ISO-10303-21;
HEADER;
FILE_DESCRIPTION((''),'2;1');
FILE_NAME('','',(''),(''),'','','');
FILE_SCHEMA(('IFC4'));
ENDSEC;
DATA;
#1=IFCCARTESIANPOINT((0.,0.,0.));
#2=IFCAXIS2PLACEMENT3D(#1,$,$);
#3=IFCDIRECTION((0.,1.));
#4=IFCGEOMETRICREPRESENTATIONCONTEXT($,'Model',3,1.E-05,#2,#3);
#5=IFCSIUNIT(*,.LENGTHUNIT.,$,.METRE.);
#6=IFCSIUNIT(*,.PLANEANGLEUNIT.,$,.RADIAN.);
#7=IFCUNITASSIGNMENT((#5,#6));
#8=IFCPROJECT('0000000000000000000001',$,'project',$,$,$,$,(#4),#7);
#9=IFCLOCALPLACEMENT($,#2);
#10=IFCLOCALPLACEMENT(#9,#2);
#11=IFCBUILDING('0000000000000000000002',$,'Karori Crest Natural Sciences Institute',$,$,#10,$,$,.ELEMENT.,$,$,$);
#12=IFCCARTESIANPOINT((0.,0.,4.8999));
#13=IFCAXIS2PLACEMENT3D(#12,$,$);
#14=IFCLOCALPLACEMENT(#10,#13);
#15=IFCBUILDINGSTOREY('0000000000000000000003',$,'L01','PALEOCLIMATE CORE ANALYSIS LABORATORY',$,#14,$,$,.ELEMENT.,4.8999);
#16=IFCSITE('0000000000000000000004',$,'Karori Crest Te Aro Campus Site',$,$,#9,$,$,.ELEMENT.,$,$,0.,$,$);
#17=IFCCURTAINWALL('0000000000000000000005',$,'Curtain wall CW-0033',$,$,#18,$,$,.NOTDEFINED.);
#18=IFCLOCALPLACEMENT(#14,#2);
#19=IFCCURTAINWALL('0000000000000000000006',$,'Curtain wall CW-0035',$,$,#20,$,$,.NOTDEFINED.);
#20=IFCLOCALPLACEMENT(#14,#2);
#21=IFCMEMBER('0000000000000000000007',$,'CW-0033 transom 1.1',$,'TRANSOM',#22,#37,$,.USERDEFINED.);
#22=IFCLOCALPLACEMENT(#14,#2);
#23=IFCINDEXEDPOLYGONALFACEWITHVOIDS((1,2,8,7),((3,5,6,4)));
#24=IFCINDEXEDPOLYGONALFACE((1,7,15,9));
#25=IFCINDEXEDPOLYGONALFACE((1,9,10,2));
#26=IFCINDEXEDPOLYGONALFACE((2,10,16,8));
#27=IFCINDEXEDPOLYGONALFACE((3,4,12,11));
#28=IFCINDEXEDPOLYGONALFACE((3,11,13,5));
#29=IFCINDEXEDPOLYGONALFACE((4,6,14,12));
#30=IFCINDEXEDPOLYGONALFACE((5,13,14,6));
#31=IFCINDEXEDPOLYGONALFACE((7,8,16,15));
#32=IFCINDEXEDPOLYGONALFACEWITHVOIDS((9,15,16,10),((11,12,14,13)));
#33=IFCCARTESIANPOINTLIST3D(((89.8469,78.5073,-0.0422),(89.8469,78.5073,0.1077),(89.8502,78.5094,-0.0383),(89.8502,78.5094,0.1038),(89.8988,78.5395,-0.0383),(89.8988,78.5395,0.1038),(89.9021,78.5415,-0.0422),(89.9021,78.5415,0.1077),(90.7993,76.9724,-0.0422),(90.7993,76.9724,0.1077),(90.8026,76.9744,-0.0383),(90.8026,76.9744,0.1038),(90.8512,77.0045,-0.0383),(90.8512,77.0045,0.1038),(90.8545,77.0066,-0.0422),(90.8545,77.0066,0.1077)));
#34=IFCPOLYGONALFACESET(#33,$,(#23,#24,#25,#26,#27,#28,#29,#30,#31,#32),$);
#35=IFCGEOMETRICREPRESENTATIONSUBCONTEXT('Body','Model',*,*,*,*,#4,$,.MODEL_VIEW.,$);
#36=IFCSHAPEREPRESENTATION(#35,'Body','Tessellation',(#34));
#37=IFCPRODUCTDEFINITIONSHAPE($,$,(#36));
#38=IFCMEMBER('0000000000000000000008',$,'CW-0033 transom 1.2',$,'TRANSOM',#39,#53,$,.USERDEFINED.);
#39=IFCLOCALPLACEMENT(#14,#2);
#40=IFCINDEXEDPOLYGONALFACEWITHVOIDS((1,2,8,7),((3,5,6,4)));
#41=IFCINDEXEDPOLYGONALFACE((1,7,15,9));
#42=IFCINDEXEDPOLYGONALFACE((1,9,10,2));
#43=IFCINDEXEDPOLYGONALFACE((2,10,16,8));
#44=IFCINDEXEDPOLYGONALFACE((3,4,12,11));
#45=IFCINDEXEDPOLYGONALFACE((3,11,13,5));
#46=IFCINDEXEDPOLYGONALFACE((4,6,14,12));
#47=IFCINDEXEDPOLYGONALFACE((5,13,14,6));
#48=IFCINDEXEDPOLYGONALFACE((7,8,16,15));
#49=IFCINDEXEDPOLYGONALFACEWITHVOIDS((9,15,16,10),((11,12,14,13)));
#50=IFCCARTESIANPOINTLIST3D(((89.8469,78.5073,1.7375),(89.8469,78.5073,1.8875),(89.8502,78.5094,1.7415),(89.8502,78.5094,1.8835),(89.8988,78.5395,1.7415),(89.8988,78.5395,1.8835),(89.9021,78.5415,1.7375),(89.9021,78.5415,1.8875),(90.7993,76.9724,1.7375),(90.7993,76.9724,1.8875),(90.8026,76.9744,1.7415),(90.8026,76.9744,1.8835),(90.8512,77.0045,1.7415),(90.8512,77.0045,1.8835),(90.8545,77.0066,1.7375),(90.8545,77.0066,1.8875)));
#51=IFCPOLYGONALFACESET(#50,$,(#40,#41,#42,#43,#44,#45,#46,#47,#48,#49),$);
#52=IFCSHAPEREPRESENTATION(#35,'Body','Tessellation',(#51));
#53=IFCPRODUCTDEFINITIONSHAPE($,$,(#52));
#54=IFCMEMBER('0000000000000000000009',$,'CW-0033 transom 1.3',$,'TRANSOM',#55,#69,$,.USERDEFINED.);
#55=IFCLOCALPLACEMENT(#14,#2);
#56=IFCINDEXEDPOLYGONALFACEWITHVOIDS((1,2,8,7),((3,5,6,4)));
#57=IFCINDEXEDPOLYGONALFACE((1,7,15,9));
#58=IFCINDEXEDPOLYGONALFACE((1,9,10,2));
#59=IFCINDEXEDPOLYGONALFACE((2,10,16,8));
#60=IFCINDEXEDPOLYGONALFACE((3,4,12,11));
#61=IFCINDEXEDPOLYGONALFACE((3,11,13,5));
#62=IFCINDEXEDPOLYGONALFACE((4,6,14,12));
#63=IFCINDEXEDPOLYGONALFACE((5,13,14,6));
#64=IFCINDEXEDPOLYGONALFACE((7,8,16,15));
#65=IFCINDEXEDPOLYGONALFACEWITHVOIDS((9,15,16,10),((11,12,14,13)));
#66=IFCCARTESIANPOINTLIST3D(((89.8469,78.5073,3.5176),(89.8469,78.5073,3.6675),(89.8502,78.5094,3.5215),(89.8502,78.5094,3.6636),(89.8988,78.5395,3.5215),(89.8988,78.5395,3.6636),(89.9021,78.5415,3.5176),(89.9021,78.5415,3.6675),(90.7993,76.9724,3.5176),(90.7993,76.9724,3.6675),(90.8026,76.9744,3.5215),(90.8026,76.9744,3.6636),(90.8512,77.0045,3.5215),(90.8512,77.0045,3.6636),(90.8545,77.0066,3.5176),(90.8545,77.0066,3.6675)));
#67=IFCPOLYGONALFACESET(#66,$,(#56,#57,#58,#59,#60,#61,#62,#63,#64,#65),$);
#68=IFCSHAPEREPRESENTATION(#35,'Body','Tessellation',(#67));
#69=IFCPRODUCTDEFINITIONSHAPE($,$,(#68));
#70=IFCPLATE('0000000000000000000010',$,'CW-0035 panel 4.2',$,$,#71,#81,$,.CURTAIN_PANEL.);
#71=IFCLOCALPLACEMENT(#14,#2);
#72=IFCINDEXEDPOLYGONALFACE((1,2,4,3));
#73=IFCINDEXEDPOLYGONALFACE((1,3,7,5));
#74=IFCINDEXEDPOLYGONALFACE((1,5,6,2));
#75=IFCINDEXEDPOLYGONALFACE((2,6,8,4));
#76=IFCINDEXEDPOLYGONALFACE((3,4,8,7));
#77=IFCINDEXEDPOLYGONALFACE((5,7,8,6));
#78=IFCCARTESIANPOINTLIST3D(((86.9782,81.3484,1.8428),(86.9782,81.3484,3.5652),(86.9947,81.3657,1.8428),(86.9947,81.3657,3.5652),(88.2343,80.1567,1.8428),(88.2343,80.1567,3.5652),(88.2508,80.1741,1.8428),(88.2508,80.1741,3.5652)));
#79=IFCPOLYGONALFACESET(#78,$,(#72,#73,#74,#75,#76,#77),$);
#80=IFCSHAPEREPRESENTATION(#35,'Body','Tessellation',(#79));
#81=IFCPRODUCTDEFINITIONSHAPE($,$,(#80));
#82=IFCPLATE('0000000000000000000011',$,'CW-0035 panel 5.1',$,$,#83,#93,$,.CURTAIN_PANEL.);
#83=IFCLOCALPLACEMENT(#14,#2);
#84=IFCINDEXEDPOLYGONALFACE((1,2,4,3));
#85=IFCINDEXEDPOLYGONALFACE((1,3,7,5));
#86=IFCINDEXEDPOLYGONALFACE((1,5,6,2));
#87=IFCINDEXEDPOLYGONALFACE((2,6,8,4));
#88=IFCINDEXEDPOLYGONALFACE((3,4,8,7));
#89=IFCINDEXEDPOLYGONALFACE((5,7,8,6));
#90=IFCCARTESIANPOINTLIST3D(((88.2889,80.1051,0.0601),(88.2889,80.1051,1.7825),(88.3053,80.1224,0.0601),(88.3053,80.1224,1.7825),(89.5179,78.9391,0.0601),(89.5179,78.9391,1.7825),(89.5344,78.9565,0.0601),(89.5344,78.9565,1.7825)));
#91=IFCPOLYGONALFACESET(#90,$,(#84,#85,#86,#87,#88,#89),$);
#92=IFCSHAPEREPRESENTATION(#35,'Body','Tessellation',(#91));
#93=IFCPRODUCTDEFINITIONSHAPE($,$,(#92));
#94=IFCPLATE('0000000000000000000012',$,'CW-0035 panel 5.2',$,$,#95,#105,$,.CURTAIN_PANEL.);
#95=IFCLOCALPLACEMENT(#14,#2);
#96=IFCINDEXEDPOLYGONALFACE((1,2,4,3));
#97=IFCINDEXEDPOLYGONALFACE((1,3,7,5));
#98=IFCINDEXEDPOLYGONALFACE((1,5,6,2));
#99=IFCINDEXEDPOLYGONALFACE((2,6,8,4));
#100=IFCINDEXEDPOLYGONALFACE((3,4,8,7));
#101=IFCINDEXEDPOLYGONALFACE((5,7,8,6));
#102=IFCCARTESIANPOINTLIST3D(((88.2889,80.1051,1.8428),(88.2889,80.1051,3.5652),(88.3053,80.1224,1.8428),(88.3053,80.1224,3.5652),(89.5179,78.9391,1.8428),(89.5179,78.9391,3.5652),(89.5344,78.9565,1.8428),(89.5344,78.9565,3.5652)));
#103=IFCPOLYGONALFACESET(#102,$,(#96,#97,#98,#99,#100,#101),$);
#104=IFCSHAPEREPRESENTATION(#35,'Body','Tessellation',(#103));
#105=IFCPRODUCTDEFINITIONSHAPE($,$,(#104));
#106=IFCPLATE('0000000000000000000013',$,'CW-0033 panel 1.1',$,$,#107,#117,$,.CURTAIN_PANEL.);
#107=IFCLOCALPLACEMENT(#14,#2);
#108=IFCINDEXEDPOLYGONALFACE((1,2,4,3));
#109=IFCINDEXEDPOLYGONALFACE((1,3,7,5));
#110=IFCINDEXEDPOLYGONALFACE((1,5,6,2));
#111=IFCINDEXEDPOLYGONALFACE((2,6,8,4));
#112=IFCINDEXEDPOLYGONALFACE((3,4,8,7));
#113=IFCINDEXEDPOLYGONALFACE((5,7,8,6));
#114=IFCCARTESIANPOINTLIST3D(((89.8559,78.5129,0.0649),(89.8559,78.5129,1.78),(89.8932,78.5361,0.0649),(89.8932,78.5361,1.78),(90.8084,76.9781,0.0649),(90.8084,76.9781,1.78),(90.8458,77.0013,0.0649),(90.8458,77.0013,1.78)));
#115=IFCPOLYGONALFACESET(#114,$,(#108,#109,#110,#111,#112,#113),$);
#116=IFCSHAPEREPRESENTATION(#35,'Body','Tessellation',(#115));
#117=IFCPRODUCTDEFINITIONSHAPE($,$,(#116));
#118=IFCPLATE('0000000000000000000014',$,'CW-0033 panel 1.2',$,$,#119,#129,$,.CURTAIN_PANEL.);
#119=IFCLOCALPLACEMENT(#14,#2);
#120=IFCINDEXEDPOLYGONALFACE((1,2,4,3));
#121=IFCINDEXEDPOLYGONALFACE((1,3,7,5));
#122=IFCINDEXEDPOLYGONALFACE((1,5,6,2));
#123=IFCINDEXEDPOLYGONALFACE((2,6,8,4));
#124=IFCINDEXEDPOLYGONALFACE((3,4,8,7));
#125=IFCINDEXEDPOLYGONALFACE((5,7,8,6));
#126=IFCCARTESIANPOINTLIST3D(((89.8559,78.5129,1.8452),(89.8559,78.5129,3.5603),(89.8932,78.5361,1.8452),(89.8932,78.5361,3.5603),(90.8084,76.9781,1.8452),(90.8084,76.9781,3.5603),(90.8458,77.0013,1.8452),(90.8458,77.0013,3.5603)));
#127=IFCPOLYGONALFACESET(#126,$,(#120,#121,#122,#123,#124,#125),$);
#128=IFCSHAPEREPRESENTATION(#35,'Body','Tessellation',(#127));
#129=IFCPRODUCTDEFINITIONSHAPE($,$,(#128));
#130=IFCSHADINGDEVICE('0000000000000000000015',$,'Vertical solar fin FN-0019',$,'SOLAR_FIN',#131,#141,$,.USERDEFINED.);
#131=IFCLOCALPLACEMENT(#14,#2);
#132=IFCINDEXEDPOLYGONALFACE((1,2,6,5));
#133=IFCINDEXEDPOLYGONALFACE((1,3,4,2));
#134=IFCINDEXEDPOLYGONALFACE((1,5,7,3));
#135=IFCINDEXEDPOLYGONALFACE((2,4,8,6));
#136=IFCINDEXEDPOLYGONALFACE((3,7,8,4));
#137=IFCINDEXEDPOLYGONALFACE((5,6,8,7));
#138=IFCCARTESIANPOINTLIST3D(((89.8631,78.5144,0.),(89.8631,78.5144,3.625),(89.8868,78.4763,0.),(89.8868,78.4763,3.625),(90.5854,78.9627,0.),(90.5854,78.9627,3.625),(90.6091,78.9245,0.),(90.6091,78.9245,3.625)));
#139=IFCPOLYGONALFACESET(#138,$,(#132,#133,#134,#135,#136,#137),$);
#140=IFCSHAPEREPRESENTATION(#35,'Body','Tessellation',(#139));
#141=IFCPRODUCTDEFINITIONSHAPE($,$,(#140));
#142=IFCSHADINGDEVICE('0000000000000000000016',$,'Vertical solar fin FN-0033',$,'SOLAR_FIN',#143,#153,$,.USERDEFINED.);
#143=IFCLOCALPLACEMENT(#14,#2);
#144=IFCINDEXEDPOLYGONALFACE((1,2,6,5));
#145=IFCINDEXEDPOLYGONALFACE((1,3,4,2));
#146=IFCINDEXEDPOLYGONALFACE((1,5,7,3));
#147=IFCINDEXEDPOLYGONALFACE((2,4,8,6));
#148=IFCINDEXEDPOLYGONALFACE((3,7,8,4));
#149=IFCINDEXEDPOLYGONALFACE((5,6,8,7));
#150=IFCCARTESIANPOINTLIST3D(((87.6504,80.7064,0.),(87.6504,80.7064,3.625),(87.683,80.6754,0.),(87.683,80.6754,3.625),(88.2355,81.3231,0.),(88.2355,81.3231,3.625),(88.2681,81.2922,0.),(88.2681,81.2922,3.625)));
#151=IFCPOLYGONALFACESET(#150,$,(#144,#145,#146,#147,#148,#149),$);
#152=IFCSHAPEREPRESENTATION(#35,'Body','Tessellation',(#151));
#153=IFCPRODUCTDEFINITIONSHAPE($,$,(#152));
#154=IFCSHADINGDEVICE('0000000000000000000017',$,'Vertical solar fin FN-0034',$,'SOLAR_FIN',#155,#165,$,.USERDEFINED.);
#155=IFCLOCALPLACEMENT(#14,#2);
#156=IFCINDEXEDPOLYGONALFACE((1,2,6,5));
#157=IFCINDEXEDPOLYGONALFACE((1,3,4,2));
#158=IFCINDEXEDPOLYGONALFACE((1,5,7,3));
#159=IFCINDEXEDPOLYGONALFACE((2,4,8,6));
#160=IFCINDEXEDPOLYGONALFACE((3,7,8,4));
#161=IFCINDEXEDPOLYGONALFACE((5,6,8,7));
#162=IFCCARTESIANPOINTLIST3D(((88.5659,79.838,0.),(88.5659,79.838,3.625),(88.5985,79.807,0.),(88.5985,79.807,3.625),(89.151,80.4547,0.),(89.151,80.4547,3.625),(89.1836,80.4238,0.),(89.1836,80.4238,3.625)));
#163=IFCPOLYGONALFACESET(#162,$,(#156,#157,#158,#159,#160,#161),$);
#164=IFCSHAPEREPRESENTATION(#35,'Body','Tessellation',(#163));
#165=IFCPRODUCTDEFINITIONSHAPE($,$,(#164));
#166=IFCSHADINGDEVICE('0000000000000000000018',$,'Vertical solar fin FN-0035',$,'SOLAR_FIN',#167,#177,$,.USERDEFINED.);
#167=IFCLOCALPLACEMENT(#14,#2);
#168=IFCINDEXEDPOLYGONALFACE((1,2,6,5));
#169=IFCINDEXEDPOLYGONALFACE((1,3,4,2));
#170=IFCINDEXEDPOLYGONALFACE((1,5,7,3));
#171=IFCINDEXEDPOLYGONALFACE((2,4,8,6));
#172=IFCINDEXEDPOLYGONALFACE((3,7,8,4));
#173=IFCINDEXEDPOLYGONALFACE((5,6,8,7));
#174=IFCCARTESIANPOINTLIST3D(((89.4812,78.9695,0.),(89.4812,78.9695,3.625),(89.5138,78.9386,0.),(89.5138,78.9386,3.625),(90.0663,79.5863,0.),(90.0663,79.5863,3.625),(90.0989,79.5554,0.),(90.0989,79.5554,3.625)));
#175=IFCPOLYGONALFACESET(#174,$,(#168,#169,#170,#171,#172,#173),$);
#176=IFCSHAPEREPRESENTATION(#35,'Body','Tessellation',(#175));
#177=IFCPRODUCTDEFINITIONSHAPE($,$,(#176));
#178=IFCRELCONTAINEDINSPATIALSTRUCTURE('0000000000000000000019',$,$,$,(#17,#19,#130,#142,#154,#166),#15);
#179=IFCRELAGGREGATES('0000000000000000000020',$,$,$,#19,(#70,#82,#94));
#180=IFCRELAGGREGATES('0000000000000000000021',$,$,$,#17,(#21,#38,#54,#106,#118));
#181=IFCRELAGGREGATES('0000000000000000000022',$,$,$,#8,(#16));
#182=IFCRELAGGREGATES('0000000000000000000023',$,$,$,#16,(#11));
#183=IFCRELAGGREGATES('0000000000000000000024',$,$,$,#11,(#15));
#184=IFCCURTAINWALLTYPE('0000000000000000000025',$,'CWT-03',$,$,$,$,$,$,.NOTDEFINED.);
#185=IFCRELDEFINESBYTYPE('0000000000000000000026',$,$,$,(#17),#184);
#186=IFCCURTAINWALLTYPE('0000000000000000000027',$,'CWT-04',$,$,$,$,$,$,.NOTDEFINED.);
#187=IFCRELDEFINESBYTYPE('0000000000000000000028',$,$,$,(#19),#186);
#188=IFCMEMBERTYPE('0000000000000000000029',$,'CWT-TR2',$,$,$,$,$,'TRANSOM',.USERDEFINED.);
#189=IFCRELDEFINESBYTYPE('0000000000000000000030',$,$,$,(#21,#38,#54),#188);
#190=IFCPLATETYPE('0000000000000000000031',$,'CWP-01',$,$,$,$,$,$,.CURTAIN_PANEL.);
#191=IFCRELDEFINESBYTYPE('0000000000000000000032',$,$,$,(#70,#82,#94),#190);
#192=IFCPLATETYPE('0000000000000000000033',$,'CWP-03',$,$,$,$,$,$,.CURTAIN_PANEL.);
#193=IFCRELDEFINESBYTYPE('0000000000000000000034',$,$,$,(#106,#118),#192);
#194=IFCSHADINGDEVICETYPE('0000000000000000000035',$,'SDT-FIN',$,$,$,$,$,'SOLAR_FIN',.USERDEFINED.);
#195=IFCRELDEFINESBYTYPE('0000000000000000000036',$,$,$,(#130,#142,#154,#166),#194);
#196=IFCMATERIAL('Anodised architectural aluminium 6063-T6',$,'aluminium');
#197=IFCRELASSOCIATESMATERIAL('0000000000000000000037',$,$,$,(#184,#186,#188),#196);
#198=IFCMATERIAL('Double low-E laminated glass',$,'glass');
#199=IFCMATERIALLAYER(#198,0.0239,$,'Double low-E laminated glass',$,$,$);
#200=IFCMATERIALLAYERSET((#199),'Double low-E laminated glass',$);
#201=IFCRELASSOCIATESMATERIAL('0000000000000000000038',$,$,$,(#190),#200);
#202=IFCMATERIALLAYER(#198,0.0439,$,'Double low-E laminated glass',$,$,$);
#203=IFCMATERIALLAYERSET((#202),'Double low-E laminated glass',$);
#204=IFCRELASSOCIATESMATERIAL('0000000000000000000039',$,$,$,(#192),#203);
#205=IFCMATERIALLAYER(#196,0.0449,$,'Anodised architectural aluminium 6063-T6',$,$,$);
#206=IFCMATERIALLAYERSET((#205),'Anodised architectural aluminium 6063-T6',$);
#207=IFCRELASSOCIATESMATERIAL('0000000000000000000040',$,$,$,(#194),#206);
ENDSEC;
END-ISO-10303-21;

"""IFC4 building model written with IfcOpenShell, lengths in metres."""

from ifc_helpers import new_model, si_unit, direction, frame, origin, origin_2d, place, context, subcontext, project, spatial, rectangle, hollow_rectangle, extrude, material, layer, layer_set, material_profile, profile_set, type_object, element, aggregate, save


model = new_model("IFC4")

# Units and contexts
model_context = context("Model", 3, precision=1e-05, world=origin(), true_north=direction((0.0, 1.0)))
body_context = subcontext(model_context, "Body", "Model", "MODEL_VIEW")
ifc_project = project(units=[si_unit("LENGTHUNIT", "METRE"), si_unit("PLANEANGLEUNIT", "RADIAN")], contexts=[model_context])

# Site, building, storey
site_placement = place(None, origin())
site = spatial("IfcSite", under=ifc_project, at=site_placement, Name="Karori Crest Te Aro Campus Site", CompositionType="ELEMENT", RefElevation=0.0)
building_placement = place(site_placement, origin())
building = spatial("IfcBuilding", under=site, at=building_placement, Name="Karori Crest Natural Sciences Institute", CompositionType="ELEMENT")
storey_placement = place(building_placement, frame((0.0, 0.0, 4.8999)))
storey = spatial("IfcBuildingStorey", under=building, at=storey_placement, Name="L01", Description="PALEOCLIMATE CORE ANALYSIS LABORATORY", CompositionType="ELEMENT", Elevation=4.8999)

# Curtain wall
ifc_material_1 = material(Name="Anodised architectural aluminium 6063-T6", Category="aluminium")
curtain_wall_type_1 = type_object("IfcCurtainWallType", Name="CWT-03", PredefinedType="NOTDEFINED", material=ifc_material_1)
curtain_wall_1_placement = place(storey_placement, origin())
curtain_wall_1 = element("IfcCurtainWall", 1, at=curtain_wall_1_placement, inside=storey, type_object=curtain_wall_type_1, Name="Curtain wall CW-0033", PredefinedType="NOTDEFINED")

# Curtain wall
curtain_wall_type_2 = type_object("IfcCurtainWallType", Name="CWT-04", PredefinedType="NOTDEFINED", material=ifc_material_1)
curtain_wall_2_placement = place(storey_placement, origin())
curtain_wall_2 = element("IfcCurtainWall", 2, at=curtain_wall_2_placement, inside=storey, type_object=curtain_wall_type_2, Name="Curtain wall CW-0035", PredefinedType="NOTDEFINED")

# Members
ifc_material_profile_1 = material_profile(ifc_material_1, hollow_rectangle(XDim=0.0649, YDim=0.1499, WallThickness=0.0039, at=origin_2d()), Name="CWT150x65x4")
ifc_profile_set_1 = profile_set([ifc_material_profile_1], Name="Anodised architectural aluminium 6063-T6")
member_type_1 = type_object("IfcMemberType", Name="CWT-TR2", ElementType="TRANSOM", PredefinedType="USERDEFINED", material=ifc_profile_set_1)
member_1_placement = place(storey_placement, frame((89.8745, 78.5244, 0.0327), z_axis=(0.527238, -0.849717, 0.0), x_axis=(0.849717, 0.527238, 0.0)))
member_1 = element("IfcMember", 3, at=member_1_placement, type_object=member_type_1, Name="CW-0033 transom 1.1", ObjectType="TRANSOM", PredefinedType="USERDEFINED", context=body_context, shape_type="SweptSolid", body=[
    extrude(hollow_rectangle(XDim=0.0649, YDim=0.1499, WallThickness=0.0039, at=origin_2d()), origin(), (0.0, 0.0, 1.0), 1.8064),
])
member_2_placement = place(storey_placement, frame((89.8745, 78.5244, 1.8125), z_axis=(0.527238, -0.849717, 0.0), x_axis=(0.849717, 0.527238, 0.0)))
member_2 = element("IfcMember", 4, at=member_2_placement, type_object=member_type_1, Name="CW-0033 transom 1.2", ObjectType="TRANSOM", PredefinedType="USERDEFINED", context=body_context, shape_type="SweptSolid", body=[
    extrude(hollow_rectangle(XDim=0.0649, YDim=0.1499, WallThickness=0.0039, at=origin_2d()), origin(), (0.0, 0.0, 1.0), 1.8064),
])
member_3_placement = place(storey_placement, frame((89.8745, 78.5244, 3.5925), z_axis=(0.527238, -0.849717, 0.0), x_axis=(0.849717, 0.527238, 0.0)))
member_3 = element("IfcMember", 5, at=member_3_placement, type_object=member_type_1, Name="CW-0033 transom 1.3", ObjectType="TRANSOM", PredefinedType="USERDEFINED", context=body_context, shape_type="SweptSolid", body=[
    extrude(hollow_rectangle(XDim=0.0649, YDim=0.1499, WallThickness=0.0039, at=origin_2d()), origin(), (0.0, 0.0, 1.0), 1.8064),
])

# Plates
ifc_material_2 = material(Name="Double low-E laminated glass", Category="glass")
ifc_layer_1 = layer(ifc_material_2, 0.0239, Name="Double low-E laminated glass")
ifc_layer_set_1 = layer_set([ifc_layer_1], Name="Double low-E laminated glass")
plate_type_1 = type_object("IfcPlateType", Name="CWP-01", PredefinedType="CURTAIN_PANEL", material=ifc_layer_set_1)
plate_1_placement = place(storey_placement, frame((87.6145, 80.7612, 1.8428), z_axis=(0.0, 0.0, 1.0), x_axis=(0.725477, -0.688246, 0.0)))
plate_1 = element("IfcPlate", 6, at=plate_1_placement, type_object=plate_type_1, Name="CW-0035 panel 4.2", PredefinedType="CURTAIN_PANEL", context=body_context, shape_type="SweptSolid", body=[
    extrude(rectangle(XDim=1.7314, YDim=0.0239, at=origin_2d()), origin(), (0.0, 0.0, 1.0), 1.7224),
])
plate_2_placement = place(storey_placement, frame((88.9116, 79.5308, 0.0601), z_axis=(0.0, 0.0, 1.0), x_axis=(0.725477, -0.688246, 0.0)))
plate_2 = element("IfcPlate", 7, at=plate_2_placement, type_object=plate_type_1, Name="CW-0035 panel 5.1", PredefinedType="CURTAIN_PANEL", context=body_context, shape_type="SweptSolid", body=[
    extrude(rectangle(XDim=1.6941, YDim=0.0239, at=origin_2d()), origin(), (0.0, 0.0, 1.0), 1.7224),
])
plate_3_placement = place(storey_placement, frame((88.9116, 79.5308, 1.8428), z_axis=(0.0, 0.0, 1.0), x_axis=(0.725477, -0.688246, 0.0)))
plate_3 = element("IfcPlate", 8, at=plate_3_placement, type_object=plate_type_1, Name="CW-0035 panel 5.2", PredefinedType="CURTAIN_PANEL", context=body_context, shape_type="SweptSolid", body=[
    extrude(rectangle(XDim=1.6941, YDim=0.0239, at=origin_2d()), origin(), (0.0, 0.0, 1.0), 1.7224),
])
aggregate(curtain_wall_2, [plate_1, plate_2, plate_3])
ifc_layer_2 = layer(ifc_material_2, 0.0439, Name="Double low-E laminated glass")
ifc_layer_set_2 = layer_set([ifc_layer_2], Name="Double low-E laminated glass")
plate_type_2 = type_object("IfcPlateType", Name="CWP-03", PredefinedType="CURTAIN_PANEL", material=ifc_layer_set_2)
plate_4_placement = place(storey_placement, frame((90.3508, 77.7571, 0.0649), z_axis=(0.0, 0.0, 1.0), x_axis=(0.527322, -0.849666, 0.0)))
plate_4 = element("IfcPlate", 9, at=plate_4_placement, type_object=plate_type_2, Name="CW-0033 panel 1.1", PredefinedType="CURTAIN_PANEL", context=body_context, shape_type="SweptSolid", body=[
    extrude(rectangle(XDim=1.8064, YDim=0.0439, at=origin_2d()), origin(), (0.0, 0.0, 1.0), 1.7151),
])
plate_5_placement = place(storey_placement, frame((90.3508, 77.7571, 1.8452), z_axis=(0.0, 0.0, 1.0), x_axis=(0.527322, -0.849666, 0.0)))
plate_5 = element("IfcPlate", 10, at=plate_5_placement, type_object=plate_type_2, Name="CW-0033 panel 1.2", PredefinedType="CURTAIN_PANEL", context=body_context, shape_type="SweptSolid", body=[
    extrude(rectangle(XDim=1.8064, YDim=0.0439, at=origin_2d()), origin(), (0.0, 0.0, 1.0), 1.7151),
])
aggregate(curtain_wall_1, [member_1, member_2, member_3, plate_4, plate_5])

# Shading devices
ifc_layer_3 = layer(ifc_material_1, 0.0449, Name="Anodised architectural aluminium 6063-T6")
ifc_layer_set_3 = layer_set([ifc_layer_3], Name="Anodised architectural aluminium 6063-T6")
shading_device_type = type_object("IfcShadingDeviceType", Name="SDT-FIN", ElementType="SOLAR_FIN", PredefinedType="USERDEFINED", material=ifc_layer_set_3)
for number, where, z_axis, x_axis, name in (
    (11, (90.2361, 78.7195, 0.0), (0.0, 0.0, 1.0), (0.849665, 0.527322, 0.0), "Vertical solar fin FN-0019"),
    (12, (87.9592, 80.9993, 0.0), (0.0, 0.0, 1.0), (0.688246, 0.725478, 0.0), "Vertical solar fin FN-0033"),
    (13, (88.8748, 80.1309, 0.0), (0.0, 0.0, 1.0), (0.688246, 0.725478, 0.0), "Vertical solar fin FN-0034"),
    (14, (89.79, 79.2625, 0.0), (0.0, 0.0, 1.0), (0.688246, 0.725478, 0.0), "Vertical solar fin FN-0035"),
):
    element("IfcShadingDevice", number, at=place(storey_placement, frame(where, z_axis=z_axis, x_axis=x_axis)), inside=storey, type_object=shading_device_type, Name=name, ObjectType="SOLAR_FIN", PredefinedType="USERDEFINED", context=body_context, shape_type="SweptSolid", body=[
        extrude(rectangle(XDim=0.8501, YDim=0.0449, at=origin_2d()), origin(), (0.0, 0.0, 1.0), 3.625),
    ])

save(model, "model.ifc")
